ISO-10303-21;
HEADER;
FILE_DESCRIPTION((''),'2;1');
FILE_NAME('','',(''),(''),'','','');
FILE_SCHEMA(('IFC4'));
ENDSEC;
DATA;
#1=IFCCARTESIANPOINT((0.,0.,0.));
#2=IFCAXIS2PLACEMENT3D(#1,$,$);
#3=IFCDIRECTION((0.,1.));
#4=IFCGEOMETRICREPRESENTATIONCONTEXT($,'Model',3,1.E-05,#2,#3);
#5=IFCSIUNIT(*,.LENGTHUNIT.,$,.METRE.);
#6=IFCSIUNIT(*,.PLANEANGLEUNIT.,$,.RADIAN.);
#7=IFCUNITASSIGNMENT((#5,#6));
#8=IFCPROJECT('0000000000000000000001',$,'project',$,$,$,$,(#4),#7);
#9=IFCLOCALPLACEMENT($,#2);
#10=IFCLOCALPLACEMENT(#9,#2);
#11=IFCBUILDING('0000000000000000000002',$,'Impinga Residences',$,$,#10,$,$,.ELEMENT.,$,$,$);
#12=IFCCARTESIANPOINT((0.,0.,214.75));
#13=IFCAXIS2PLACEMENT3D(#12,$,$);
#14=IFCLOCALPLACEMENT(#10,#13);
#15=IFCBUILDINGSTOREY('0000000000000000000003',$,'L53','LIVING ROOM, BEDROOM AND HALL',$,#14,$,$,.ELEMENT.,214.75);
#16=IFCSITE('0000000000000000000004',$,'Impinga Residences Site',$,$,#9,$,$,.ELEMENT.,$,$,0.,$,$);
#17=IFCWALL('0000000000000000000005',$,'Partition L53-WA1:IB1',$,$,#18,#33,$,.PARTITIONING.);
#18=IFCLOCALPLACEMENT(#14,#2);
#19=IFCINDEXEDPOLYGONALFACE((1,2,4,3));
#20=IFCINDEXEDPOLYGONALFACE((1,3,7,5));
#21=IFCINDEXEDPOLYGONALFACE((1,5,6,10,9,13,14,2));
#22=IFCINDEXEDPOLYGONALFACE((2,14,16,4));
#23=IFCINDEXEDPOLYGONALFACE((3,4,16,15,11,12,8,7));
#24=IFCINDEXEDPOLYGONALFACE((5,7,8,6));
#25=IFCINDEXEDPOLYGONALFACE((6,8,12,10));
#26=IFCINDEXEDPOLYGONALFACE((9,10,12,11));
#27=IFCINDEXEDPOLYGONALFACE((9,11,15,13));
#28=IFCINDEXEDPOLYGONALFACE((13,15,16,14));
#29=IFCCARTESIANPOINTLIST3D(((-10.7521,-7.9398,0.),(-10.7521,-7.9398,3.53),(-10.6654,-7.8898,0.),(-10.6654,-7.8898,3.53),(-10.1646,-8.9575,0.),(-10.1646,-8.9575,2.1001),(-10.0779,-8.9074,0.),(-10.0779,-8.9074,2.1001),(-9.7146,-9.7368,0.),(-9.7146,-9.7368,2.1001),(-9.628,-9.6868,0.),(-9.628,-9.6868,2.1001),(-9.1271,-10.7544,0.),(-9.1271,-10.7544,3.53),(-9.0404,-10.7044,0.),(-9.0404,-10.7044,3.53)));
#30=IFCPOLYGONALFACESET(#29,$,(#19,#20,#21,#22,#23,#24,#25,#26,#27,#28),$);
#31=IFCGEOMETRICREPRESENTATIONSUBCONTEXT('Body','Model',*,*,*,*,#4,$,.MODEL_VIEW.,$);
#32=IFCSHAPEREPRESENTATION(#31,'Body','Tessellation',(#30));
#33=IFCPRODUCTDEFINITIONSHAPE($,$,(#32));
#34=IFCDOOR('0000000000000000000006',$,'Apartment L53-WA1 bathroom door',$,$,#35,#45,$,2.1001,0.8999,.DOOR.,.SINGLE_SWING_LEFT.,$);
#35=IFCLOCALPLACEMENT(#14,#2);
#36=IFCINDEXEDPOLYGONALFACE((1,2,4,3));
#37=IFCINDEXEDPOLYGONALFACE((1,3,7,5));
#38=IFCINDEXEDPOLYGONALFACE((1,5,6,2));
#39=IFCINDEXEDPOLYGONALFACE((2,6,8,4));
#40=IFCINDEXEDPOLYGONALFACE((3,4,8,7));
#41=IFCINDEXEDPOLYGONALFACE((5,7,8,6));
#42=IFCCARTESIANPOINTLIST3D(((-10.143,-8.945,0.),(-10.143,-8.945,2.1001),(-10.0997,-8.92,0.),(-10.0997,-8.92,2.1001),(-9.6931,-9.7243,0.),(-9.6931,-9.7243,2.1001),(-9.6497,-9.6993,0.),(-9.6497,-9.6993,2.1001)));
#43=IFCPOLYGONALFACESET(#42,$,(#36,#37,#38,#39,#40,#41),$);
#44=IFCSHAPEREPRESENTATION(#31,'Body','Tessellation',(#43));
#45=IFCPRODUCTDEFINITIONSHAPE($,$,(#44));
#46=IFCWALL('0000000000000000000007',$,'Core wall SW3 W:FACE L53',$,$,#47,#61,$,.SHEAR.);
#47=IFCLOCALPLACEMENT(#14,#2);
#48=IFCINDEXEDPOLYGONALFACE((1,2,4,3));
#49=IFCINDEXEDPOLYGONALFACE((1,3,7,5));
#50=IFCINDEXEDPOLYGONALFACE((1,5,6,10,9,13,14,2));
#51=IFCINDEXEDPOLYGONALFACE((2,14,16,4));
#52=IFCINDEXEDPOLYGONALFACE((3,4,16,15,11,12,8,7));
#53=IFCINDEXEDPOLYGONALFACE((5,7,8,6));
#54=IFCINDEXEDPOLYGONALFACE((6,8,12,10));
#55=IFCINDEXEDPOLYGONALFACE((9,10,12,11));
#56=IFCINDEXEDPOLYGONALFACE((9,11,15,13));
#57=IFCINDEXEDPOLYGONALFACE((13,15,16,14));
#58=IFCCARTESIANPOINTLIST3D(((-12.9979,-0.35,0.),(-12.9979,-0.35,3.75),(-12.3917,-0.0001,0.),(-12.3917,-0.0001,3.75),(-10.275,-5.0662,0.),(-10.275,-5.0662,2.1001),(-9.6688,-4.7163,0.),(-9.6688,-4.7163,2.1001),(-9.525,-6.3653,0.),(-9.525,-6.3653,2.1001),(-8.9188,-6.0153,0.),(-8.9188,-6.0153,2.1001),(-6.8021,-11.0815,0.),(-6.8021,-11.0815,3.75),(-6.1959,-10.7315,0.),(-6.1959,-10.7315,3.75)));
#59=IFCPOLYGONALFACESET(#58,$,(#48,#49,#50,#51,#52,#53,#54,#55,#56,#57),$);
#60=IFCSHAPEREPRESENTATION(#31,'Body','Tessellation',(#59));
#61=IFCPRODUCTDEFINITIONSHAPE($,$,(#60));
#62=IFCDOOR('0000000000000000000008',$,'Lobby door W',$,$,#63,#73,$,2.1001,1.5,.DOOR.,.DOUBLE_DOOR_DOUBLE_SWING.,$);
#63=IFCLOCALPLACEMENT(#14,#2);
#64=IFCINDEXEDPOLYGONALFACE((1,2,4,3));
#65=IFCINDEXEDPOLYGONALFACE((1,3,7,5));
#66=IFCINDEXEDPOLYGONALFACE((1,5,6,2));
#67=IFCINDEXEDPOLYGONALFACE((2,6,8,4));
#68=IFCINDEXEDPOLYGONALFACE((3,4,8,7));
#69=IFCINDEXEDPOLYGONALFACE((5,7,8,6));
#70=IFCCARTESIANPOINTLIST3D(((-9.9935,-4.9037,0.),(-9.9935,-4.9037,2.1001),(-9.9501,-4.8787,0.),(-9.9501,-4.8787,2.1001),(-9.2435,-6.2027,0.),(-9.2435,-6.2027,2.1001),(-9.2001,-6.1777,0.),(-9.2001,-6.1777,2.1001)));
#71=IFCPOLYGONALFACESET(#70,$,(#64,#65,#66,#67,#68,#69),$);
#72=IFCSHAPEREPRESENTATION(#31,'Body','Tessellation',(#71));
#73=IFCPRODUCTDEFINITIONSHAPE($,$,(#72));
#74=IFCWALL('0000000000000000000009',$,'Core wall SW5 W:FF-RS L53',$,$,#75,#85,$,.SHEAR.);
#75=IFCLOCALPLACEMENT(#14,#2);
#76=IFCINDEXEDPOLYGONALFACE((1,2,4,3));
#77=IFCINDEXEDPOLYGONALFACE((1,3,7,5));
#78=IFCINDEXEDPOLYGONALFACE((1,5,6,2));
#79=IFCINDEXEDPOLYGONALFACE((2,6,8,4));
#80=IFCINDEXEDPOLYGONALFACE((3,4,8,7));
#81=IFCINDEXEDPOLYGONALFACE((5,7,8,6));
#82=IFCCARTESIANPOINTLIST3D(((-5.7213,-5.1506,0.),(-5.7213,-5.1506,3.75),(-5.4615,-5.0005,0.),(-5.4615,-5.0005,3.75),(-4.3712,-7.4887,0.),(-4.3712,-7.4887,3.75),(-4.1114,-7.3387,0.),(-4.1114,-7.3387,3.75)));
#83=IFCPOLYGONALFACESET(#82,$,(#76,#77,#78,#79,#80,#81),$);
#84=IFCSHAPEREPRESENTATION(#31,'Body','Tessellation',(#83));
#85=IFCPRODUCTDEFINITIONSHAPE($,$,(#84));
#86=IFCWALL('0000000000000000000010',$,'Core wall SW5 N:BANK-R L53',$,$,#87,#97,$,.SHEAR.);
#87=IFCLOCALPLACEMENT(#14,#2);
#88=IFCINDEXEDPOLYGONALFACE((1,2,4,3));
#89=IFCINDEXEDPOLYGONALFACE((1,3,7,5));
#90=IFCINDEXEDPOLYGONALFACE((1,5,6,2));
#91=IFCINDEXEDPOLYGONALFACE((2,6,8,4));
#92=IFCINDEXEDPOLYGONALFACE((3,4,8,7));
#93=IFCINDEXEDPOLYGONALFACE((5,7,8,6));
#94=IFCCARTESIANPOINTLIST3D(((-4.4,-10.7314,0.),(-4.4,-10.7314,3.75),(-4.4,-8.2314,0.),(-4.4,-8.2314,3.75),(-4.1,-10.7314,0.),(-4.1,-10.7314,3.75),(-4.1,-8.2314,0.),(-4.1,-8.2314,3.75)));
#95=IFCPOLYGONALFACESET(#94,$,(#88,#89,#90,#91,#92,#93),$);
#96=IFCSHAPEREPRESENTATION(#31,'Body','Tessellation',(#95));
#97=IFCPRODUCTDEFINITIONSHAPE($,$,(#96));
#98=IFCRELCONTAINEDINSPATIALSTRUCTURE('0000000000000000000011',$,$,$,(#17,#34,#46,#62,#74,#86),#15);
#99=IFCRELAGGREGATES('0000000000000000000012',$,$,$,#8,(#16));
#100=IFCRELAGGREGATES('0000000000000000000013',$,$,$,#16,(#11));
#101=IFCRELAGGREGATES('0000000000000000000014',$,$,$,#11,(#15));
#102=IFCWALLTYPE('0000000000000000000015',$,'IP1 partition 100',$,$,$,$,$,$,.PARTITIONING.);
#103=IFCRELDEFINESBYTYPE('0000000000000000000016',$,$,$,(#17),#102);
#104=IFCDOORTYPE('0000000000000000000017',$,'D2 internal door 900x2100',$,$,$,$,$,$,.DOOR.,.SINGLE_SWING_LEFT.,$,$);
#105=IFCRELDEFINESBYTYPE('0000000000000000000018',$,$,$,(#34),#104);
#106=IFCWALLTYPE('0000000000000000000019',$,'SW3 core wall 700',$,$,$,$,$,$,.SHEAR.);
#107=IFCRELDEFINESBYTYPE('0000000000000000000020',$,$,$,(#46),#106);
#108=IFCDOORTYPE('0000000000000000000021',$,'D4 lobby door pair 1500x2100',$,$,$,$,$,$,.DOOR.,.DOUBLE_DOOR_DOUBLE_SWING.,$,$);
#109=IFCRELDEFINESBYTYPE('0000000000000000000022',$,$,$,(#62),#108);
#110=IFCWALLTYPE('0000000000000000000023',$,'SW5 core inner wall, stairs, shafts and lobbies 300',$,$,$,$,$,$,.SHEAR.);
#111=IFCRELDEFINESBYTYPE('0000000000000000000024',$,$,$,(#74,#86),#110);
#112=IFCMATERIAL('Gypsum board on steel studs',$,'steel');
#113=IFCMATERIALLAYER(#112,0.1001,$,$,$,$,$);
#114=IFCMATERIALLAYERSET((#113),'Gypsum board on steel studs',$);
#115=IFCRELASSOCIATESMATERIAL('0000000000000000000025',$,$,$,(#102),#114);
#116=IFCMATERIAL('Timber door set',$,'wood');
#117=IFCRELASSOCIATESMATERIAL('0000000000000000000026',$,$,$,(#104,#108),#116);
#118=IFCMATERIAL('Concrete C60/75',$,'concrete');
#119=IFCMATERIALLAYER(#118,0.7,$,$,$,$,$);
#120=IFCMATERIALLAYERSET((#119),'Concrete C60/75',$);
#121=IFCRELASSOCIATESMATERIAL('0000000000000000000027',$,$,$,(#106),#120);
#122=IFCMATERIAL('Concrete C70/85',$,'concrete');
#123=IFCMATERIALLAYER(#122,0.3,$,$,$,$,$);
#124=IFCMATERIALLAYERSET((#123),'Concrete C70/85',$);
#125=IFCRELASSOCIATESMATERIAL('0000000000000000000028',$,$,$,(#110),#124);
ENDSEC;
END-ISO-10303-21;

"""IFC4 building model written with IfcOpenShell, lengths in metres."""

from ifc_helpers import new_model, si_unit, direction, frame, frame_2d, origin, place, context, subcontext, project, spatial, rectangle, extrude, material, layer, layer_set, type_object, element, fill, save


model = new_model("IFC4")

# Units and contexts
model_context = context("Model", 3, precision=1e-05, world=origin(), true_north=direction((0.0, 1.0)))
body_context = subcontext(model_context, "Body", "Model", "MODEL_VIEW")
ifc_project = project(units=[si_unit("LENGTHUNIT", "METRE"), si_unit("PLANEANGLEUNIT", "RADIAN")], contexts=[model_context])

# Site, building, storey
site_placement = place(None, origin())
site = spatial("IfcSite", under=ifc_project, at=site_placement, Name="Impinga Residences Site", CompositionType="ELEMENT", RefElevation=0.0)
building_placement = place(site_placement, origin())
building = spatial("IfcBuilding", under=site, at=building_placement, Name="Impinga Residences", CompositionType="ELEMENT")
storey_placement = place(building_placement, frame((0.0, 0.0, 214.75)))
storey = spatial("IfcBuildingStorey", under=building, at=storey_placement, Name="L53", Description="LIVING ROOM, BEDROOM AND HALL", CompositionType="ELEMENT", Elevation=214.75)

# Shared definitions
ifc_material_1 = material(Name="Concrete C60/75", Category="concrete")
ifc_material_2 = material(Name="Timber door set", Category="wood")

# Shared definitions
ifc_material_3 = material(Name="Gypsum board on steel studs", Category="steel")
ifc_layer_1 = layer(ifc_material_3, 0.1001)
ifc_layer_set_1 = layer_set([ifc_layer_1], Name="Gypsum board on steel studs")
wall_type_1 = type_object("IfcWallType", Name="IP1 partition 100", PredefinedType="PARTITIONING", material=ifc_layer_set_1)

# Shared definitions
door_type_1 = type_object("IfcDoorType", Name="D2 internal door 900x2100", OperationType="SINGLE_SWING_LEFT", PredefinedType="DOOR", material=ifc_material_2)

# Walls, openings, doors
wall_1_placement = place(storey_placement, frame((-10.7087, -7.9148, 0.0), z_axis=(0.0, 0.0, 1.0), x_axis=(0.499985, -0.866034, 0.0)))
wall_1 = element("IfcWall", 1, at=wall_1_placement, inside=storey, type_object=wall_type_1, Name="Partition L53-WA1:IB1", PredefinedType="PARTITIONING", context=body_context, shape_type="SweptSolid", body=[
    extrude(rectangle(XDim=3.25, YDim=0.1001, at=frame_2d((1.625, 0.0))), origin(), (0.0, 0.0, 1.0), 3.53),
])
opening_1_placement = place(wall_1_placement, frame((1.175, 0.0, 0.0)))
opening_1 = element("IfcOpeningElement", 2, at=opening_1_placement, cuts=wall_1, PredefinedType="OPENING", context=body_context, shape_type="SweptSolid", body=[
    extrude(rectangle(XDim=0.8999, YDim=2.1001, at=frame_2d((0.45, 1.05))), frame((0.0, 0.0601, 0.0), z_axis=(0.0, -1.0, 0.0), x_axis=(1.0, 0.0, 0.0)), (0.0, 0.0, 1.0), 0.1201),
])
door_1_placement = place(opening_1_placement, origin())
door_1 = element("IfcDoor", 3, at=door_1_placement, inside=storey, type_object=door_type_1, Name="Apartment L53-WA1 bathroom door", OperationType="SINGLE_SWING_LEFT", OverallHeight=2.1001, OverallWidth=0.8999, PredefinedType="DOOR", context=body_context, shape_type="SweptSolid", body=[
    extrude(rectangle(XDim=0.8999, YDim=2.1001, at=frame_2d((0.45, 1.05))), frame((0.0, 0.0249, 0.0), z_axis=(0.0, -1.0, 0.0), x_axis=(1.0, 0.0, 0.0)), (0.0, 0.0, 1.0), 0.05),
])
fill(opening_1, door_1)
ifc_layer_2 = layer(ifc_material_1, 0.7)
ifc_layer_set_2 = layer_set([ifc_layer_2], Name="Concrete C60/75")
wall_type_2 = type_object("IfcWallType", Name="SW3 core wall 700", PredefinedType="SHEAR", material=ifc_layer_set_2)
wall_2_placement = place(storey_placement, frame((-6.499, -10.9065, 0.0), z_axis=(0.0, 0.0, 1.0), x_axis=(-0.5, 0.866025, 0.0)))
wall_2 = element("IfcWall", 4, at=wall_2_placement, inside=storey, type_object=wall_type_2, Name="Core wall SW3 W:FACE L53", PredefinedType="SHEAR", context=body_context, shape_type="SweptSolid", body=[
    extrude(rectangle(XDim=12.3916, YDim=0.7, at=frame_2d((6.1958, 0.0))), origin(), (0.0, 0.0, 1.0), 3.75),
])
opening_2_placement = place(wall_2_placement, frame((5.4458, 0.0, 0.0)))
opening_2 = element("IfcOpeningElement", 5, at=opening_2_placement, cuts=wall_2, PredefinedType="OPENING", context=body_context, shape_type="SweptSolid", body=[
    extrude(rectangle(XDim=1.5, YDim=2.1001, at=frame_2d((0.75, 1.05))), frame((0.0, 0.3599, 0.0), z_axis=(0.0, -1.0, 0.0), x_axis=(1.0, 0.0, 0.0)), (0.0, 0.0, 1.0), 0.72),
])
door_type_2 = type_object("IfcDoorType", Name="D4 lobby door pair 1500x2100", OperationType="DOUBLE_DOOR_DOUBLE_SWING", PredefinedType="DOOR", material=ifc_material_2)
door_2_placement = place(opening_2_placement, origin())
door_2 = element("IfcDoor", 6, at=door_2_placement, inside=storey, type_object=door_type_2, Name="Lobby door W", OperationType="DOUBLE_DOOR_DOUBLE_SWING", OverallHeight=2.1001, OverallWidth=1.5, PredefinedType="DOOR", context=body_context, shape_type="SweptSolid", body=[
    extrude(rectangle(XDim=1.5, YDim=2.1001, at=frame_2d((0.75, 1.05))), frame((0.0, 0.0249, 0.0), z_axis=(0.0, -1.0, 0.0), x_axis=(1.0, 0.0, 0.0)), (0.0, 0.0, 1.0), 0.05),
])
fill(opening_2, door_2)

# Walls
ifc_material_4 = material(Name="Concrete C70/85", Category="concrete")
ifc_layer_3 = layer(ifc_material_4, 0.3)
ifc_layer_set_3 = layer_set([ifc_layer_3], Name="Concrete C70/85")
wall_type_3 = type_object("IfcWallType", Name="SW5 core inner wall, stairs, shafts and lobbies 300", PredefinedType="SHEAR", material=ifc_layer_set_3)
wall_3_placement = place(storey_placement, frame((-4.2412, -7.4138, 0.0), z_axis=(0.0, 0.0, 1.0), x_axis=(-0.500049, 0.865997, 0.0)))
element("IfcWall", 7, at=wall_3_placement, inside=storey, type_object=wall_type_3, Name="Core wall SW5 W:FF-RS L53", PredefinedType="SHEAR", context=body_context, shape_type="SweptSolid", body=[
    extrude(rectangle(XDim=2.7, YDim=0.3, at=frame_2d((1.3501, 0.0))), origin(), (0.0, 0.0, 1.0), 3.75),
])
wall_4_placement = place(storey_placement, frame((-4.25, -8.2314, 0.0), z_axis=(0.0, 0.0, 1.0), x_axis=(0.0, -1.0, 0.0)))
element("IfcWall", 8, at=wall_4_placement, inside=storey, type_object=wall_type_3, Name="Core wall SW5 N:BANK-R L53", PredefinedType="SHEAR", context=body_context, shape_type="SweptSolid", body=[
    extrude(rectangle(XDim=2.5, YDim=0.3, at=frame_2d((1.25, 0.0))), origin(), (0.0, 0.0, 1.0), 3.75),
])

save(model, "model.ifc")
